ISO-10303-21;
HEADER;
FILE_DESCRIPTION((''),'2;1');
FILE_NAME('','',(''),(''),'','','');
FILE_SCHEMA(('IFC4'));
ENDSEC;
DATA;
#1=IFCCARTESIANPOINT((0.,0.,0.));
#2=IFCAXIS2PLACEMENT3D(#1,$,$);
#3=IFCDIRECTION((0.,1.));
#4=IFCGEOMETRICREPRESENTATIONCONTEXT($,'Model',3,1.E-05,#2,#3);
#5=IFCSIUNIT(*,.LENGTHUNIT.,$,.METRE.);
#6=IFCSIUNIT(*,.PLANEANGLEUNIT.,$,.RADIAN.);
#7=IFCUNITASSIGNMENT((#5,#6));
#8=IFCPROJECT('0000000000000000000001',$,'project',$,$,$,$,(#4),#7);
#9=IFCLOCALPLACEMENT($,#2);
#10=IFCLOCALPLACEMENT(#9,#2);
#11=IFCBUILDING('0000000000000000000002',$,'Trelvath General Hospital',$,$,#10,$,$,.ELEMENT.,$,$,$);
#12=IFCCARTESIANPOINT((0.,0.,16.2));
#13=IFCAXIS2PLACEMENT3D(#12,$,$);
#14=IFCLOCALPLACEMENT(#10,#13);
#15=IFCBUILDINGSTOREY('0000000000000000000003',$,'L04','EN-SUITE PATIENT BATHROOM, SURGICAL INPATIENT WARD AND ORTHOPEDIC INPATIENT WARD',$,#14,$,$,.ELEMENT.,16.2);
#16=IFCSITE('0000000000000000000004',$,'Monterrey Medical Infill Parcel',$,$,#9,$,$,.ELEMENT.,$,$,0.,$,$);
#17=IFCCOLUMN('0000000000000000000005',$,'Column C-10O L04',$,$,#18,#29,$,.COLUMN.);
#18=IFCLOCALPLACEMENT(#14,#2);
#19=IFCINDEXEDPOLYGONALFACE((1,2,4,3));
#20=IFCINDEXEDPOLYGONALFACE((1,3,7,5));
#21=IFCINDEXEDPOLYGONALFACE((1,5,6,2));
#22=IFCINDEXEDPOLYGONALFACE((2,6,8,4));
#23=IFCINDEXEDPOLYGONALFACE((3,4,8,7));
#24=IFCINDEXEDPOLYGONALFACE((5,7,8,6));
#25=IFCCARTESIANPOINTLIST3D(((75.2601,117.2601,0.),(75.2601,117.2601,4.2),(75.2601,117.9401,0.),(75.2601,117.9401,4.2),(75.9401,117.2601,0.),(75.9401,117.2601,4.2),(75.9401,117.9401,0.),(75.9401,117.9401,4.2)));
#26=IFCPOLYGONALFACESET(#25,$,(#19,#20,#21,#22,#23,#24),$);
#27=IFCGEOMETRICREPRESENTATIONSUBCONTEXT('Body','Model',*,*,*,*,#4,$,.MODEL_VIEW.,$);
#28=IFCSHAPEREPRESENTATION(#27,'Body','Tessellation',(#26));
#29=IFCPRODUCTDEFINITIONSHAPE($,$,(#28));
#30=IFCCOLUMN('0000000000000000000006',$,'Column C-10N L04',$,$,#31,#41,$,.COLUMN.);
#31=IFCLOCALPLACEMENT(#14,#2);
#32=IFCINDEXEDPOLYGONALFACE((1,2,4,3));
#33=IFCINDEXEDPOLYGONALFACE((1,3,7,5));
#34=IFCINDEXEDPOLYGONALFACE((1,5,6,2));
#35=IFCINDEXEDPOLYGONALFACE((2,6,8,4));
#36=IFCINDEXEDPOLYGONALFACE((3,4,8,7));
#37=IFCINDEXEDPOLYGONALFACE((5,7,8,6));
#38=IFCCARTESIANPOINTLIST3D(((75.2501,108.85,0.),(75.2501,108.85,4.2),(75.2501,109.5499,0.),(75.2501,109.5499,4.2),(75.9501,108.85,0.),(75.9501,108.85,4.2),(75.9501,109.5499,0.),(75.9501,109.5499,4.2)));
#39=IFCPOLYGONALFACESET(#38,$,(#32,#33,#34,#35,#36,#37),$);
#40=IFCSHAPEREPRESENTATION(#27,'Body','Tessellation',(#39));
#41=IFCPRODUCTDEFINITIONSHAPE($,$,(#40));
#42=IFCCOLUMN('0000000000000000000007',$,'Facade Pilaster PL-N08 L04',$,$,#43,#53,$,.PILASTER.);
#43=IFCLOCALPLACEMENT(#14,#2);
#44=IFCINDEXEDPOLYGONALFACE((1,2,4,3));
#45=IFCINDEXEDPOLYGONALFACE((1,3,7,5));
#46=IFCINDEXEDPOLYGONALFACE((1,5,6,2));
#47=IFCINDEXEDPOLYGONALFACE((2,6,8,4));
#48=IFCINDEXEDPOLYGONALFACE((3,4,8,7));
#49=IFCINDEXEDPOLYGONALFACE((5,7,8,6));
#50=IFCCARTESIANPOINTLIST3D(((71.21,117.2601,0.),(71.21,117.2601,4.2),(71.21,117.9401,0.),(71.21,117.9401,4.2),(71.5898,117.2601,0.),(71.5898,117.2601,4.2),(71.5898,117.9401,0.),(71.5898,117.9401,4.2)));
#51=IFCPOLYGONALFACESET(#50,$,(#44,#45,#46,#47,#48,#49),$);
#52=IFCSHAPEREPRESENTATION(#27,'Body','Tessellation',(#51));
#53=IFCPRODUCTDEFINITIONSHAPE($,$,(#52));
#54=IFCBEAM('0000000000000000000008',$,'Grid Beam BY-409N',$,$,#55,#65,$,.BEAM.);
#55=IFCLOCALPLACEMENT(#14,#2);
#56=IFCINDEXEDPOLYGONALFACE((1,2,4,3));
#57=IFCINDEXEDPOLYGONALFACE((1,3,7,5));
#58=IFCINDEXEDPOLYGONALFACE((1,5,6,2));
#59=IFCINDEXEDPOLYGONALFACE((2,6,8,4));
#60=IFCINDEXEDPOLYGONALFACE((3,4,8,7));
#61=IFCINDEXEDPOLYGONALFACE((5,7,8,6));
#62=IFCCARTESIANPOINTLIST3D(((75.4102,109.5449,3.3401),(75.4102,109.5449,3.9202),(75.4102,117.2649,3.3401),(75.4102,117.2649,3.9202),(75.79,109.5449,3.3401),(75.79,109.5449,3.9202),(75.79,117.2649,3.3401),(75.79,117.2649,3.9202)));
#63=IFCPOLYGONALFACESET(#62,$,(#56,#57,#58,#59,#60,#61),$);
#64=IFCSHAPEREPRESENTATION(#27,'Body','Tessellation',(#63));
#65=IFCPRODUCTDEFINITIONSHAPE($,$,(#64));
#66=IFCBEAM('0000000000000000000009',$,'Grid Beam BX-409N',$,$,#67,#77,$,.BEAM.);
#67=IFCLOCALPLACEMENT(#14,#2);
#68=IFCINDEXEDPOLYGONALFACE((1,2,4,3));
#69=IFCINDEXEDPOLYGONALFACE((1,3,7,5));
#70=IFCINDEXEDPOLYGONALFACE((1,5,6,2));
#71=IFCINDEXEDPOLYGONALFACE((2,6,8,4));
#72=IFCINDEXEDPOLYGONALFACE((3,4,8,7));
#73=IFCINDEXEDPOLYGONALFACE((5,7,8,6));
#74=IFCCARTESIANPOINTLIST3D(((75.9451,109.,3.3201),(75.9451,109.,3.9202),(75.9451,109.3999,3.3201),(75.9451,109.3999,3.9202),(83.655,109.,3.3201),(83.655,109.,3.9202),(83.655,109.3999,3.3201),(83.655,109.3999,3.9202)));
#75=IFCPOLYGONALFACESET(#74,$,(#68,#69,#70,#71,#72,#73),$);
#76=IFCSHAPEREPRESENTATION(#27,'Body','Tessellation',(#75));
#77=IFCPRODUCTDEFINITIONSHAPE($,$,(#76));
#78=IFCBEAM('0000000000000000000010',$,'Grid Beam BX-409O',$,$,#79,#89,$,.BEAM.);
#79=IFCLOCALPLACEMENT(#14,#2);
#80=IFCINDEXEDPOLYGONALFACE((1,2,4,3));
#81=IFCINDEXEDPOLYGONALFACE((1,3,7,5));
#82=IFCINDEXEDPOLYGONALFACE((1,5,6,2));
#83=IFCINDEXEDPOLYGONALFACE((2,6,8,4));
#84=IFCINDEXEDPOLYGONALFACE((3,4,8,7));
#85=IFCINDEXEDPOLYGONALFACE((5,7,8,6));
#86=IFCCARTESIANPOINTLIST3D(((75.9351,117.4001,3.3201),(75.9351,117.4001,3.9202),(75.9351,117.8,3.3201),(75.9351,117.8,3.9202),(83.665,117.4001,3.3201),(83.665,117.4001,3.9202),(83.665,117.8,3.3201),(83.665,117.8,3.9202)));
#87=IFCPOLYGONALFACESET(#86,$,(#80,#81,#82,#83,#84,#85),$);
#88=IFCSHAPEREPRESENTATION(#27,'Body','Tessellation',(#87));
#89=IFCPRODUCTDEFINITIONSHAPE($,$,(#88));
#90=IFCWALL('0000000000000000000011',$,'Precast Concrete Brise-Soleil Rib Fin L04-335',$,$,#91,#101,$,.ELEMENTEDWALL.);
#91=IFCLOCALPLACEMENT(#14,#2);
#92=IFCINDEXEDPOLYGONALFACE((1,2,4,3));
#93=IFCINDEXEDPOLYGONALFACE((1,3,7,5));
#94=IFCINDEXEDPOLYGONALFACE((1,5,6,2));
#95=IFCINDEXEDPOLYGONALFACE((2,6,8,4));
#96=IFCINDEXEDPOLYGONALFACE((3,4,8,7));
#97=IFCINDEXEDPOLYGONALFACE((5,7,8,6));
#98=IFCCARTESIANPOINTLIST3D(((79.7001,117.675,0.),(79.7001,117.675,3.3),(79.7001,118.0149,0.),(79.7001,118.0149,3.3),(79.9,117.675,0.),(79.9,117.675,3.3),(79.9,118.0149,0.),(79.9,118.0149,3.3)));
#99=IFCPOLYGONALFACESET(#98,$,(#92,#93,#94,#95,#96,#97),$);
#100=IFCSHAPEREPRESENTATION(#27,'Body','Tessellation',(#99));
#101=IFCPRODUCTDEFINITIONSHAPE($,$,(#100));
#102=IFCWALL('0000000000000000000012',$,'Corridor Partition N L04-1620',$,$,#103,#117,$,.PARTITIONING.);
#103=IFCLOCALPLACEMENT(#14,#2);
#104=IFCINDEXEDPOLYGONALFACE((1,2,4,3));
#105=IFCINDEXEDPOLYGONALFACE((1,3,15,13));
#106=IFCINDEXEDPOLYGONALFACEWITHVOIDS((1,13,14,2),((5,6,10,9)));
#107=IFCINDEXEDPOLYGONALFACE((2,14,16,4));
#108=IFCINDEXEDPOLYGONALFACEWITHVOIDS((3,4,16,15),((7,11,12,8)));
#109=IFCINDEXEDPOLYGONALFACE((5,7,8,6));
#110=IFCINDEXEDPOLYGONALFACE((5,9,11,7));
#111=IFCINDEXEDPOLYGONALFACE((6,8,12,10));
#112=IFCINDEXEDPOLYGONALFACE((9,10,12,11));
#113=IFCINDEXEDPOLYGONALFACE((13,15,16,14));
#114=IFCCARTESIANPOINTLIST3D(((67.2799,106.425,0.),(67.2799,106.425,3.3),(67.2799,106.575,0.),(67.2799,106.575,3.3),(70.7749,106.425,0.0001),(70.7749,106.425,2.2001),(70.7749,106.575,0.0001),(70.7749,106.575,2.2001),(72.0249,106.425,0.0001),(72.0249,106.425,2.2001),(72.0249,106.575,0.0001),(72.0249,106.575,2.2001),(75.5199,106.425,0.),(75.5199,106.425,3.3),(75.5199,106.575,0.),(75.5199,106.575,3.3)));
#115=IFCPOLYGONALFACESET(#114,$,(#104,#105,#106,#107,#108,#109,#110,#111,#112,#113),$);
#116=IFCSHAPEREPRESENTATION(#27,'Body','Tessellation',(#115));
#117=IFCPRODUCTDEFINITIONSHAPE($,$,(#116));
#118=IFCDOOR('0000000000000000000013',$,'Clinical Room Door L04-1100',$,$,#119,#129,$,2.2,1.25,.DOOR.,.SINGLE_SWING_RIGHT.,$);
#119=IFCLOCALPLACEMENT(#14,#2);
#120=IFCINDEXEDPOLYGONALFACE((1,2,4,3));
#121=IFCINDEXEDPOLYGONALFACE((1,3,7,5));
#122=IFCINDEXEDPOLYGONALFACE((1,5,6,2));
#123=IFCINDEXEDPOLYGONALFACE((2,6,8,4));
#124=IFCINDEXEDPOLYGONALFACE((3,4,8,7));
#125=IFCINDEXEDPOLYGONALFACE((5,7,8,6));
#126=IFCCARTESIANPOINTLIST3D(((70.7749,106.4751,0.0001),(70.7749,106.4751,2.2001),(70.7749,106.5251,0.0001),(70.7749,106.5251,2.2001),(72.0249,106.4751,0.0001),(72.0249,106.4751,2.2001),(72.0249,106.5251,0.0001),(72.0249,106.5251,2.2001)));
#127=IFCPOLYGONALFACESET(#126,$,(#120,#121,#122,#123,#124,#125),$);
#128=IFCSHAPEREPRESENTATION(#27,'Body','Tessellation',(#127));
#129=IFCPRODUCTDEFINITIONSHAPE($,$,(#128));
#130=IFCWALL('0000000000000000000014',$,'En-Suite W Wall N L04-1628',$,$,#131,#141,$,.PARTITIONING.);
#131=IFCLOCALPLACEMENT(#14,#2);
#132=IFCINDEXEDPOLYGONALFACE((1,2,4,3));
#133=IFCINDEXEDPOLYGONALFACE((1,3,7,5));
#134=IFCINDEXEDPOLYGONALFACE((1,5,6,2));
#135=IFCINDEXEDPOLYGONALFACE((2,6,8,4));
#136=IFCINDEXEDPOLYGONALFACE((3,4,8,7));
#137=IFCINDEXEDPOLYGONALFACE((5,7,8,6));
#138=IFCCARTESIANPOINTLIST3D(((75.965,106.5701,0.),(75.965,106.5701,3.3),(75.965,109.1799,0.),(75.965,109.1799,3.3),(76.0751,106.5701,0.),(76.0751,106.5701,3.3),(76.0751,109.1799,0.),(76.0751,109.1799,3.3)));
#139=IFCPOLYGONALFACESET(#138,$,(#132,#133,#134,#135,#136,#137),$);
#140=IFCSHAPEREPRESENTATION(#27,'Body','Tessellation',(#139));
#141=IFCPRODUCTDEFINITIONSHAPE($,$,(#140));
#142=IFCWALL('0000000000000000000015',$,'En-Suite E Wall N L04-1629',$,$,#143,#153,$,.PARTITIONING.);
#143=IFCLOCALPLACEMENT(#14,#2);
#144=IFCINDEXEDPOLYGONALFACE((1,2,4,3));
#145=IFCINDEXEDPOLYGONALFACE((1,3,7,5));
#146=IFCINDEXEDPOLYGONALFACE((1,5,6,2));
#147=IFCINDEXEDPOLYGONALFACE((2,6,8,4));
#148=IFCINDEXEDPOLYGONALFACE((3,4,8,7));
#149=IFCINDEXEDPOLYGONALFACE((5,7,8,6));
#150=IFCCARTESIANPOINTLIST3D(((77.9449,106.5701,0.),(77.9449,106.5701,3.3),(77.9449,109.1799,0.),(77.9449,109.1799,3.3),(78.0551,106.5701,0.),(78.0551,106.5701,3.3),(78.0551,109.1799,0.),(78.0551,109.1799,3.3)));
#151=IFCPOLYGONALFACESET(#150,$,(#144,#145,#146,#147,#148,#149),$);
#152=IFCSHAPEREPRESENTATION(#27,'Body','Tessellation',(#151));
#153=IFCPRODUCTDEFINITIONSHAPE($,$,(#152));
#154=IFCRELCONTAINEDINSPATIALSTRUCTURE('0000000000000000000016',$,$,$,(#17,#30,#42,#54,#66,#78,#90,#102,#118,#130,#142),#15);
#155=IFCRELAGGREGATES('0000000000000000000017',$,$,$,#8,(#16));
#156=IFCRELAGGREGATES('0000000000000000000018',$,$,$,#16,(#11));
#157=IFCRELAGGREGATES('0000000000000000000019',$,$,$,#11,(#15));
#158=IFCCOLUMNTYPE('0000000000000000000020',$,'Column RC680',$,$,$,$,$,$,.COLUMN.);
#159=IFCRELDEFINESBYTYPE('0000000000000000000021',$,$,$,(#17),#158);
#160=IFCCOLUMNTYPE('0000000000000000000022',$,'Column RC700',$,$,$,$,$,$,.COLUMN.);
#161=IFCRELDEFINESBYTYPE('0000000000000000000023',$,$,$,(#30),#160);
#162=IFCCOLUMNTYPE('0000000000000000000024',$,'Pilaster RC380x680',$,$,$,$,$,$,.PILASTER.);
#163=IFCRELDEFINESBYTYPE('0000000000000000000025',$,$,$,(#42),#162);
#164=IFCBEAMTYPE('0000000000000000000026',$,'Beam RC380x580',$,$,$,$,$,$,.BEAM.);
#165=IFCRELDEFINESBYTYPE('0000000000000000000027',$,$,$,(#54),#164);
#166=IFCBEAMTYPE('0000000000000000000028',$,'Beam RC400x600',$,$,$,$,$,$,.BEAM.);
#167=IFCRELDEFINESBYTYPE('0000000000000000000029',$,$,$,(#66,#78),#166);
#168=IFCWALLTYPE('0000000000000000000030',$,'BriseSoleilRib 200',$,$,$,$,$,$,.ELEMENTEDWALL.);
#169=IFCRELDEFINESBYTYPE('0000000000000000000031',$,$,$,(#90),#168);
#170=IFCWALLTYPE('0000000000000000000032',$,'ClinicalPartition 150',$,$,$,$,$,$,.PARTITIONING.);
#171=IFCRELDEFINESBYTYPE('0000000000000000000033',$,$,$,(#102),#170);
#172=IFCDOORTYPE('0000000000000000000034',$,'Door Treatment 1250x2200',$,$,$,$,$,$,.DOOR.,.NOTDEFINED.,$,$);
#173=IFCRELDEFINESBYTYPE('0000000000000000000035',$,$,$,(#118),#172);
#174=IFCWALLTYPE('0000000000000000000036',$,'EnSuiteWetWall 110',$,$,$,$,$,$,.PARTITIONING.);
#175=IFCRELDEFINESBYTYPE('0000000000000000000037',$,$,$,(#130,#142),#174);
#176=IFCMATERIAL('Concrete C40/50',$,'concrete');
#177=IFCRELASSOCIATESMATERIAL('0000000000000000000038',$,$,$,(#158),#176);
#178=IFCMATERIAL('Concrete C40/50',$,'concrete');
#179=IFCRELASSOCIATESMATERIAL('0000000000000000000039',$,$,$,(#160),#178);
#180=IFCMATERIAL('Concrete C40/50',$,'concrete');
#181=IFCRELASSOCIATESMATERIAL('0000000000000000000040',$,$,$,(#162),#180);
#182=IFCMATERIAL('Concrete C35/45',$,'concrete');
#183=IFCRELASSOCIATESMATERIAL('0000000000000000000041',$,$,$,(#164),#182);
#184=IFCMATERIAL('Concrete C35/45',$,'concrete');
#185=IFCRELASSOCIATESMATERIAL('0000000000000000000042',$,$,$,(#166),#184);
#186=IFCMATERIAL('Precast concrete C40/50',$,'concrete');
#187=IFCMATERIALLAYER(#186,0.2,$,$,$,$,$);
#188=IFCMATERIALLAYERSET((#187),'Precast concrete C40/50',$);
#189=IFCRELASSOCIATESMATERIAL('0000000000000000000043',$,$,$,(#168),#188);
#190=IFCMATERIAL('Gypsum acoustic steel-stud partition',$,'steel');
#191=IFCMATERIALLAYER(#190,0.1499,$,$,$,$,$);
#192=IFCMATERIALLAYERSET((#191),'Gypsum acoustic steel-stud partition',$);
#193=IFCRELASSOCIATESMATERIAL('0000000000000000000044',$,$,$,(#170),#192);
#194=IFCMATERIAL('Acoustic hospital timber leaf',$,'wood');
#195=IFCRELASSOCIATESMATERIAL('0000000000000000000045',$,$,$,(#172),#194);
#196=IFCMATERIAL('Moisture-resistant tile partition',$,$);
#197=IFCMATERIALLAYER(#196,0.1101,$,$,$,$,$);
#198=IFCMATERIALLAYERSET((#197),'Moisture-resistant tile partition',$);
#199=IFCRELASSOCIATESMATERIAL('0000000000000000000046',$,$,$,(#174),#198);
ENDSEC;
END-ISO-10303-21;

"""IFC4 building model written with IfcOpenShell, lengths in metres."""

from ifc_helpers import new_model, si_unit, direction, frame, frame_2d, origin, origin_2d, place, context, subcontext, project, spatial, rectangle, extrude, material, layer, layer_set, material_profile, profile_set, type_object, element, fill, save


model = new_model("IFC4")

# Units and contexts
model_context = context("Model", 3, precision=1e-05, world=origin(), true_north=direction((0.0, 1.0)))
body_context = subcontext(model_context, "Body", "Model", "MODEL_VIEW")
ifc_project = project(units=[si_unit("LENGTHUNIT", "METRE"), si_unit("PLANEANGLEUNIT", "RADIAN")], contexts=[model_context])

# Site, building, storey
site_placement = place(None, origin())
site = spatial("IfcSite", under=ifc_project, at=site_placement, Name="Monterrey Medical Infill Parcel", CompositionType="ELEMENT", RefElevation=0.0)
building_placement = place(site_placement, origin())
building = spatial("IfcBuilding", under=site, at=building_placement, Name="Trelvath General Hospital", CompositionType="ELEMENT")
storey_placement = place(building_placement, frame((0.0, 0.0, 16.2)))
storey = spatial("IfcBuildingStorey", under=building, at=storey_placement, Name="L04", Description="EN-SUITE PATIENT BATHROOM, SURGICAL INPATIENT WARD AND ORTHOPEDIC INPATIENT WARD", CompositionType="ELEMENT", Elevation=16.2)

# Columns
ifc_material_1 = material(Name="Concrete C40/50", Category="concrete")
ifc_material_profile_1 = material_profile(ifc_material_1, rectangle(XDim=0.6799, YDim=0.6799, at=origin_2d()), Name="RC680x680")
ifc_profile_set_1 = profile_set([ifc_material_profile_1], Name="Concrete C40/50")
column_type_1 = type_object("IfcColumnType", Name="Column RC680", PredefinedType="COLUMN", material=ifc_profile_set_1)
column_1_placement = place(storey_placement, frame((75.6001, 117.6001, 0.0), z_axis=(0.0, 0.0, 1.0), x_axis=(1.0, 0.0, 0.0)))
element("IfcColumn", 1, at=column_1_placement, inside=storey, type_object=column_type_1, Name="Column C-10O L04", PredefinedType="COLUMN", context=body_context, shape_type="SweptSolid", body=[
    extrude(rectangle(XDim=0.6799, YDim=0.6799, at=origin_2d()), origin(), (0.0, 0.0, 1.0), 4.2),
])
ifc_material_2 = material(Name="Concrete C40/50", Category="concrete")
ifc_material_profile_2 = material_profile(ifc_material_2, rectangle(XDim=0.7, YDim=0.7, at=origin_2d()), Name="RC700x700")
ifc_profile_set_2 = profile_set([ifc_material_profile_2], Name="Concrete C40/50")
column_type_2 = type_object("IfcColumnType", Name="Column RC700", PredefinedType="COLUMN", material=ifc_profile_set_2)
column_2_placement = place(storey_placement, frame((75.6001, 109.2, 0.0), z_axis=(0.0, 0.0, 1.0), x_axis=(1.0, 0.0, 0.0)))
element("IfcColumn", 2, at=column_2_placement, inside=storey, type_object=column_type_2, Name="Column C-10N L04", PredefinedType="COLUMN", context=body_context, shape_type="SweptSolid", body=[
    extrude(rectangle(XDim=0.7, YDim=0.7, at=origin_2d()), origin(), (0.0, 0.0, 1.0), 4.2),
])
ifc_material_3 = material(Name="Concrete C40/50", Category="concrete")
ifc_material_profile_3 = material_profile(ifc_material_3, rectangle(XDim=0.3799, YDim=0.6799, at=origin_2d()), Name="RC380x680")
ifc_profile_set_3 = profile_set([ifc_material_profile_3], Name="Concrete C40/50")
column_type_3 = type_object("IfcColumnType", Name="Pilaster RC380x680", PredefinedType="PILASTER", material=ifc_profile_set_3)
column_3_placement = place(storey_placement, frame((71.3999, 117.6001, 0.0), z_axis=(0.0, 0.0, 1.0), x_axis=(1.0, 0.0, 0.0)))
element("IfcColumn", 3, at=column_3_placement, inside=storey, type_object=column_type_3, Name="Facade Pilaster PL-N08 L04", PredefinedType="PILASTER", context=body_context, shape_type="SweptSolid", body=[
    extrude(rectangle(XDim=0.3799, YDim=0.6799, at=origin_2d()), origin(), (0.0, 0.0, 1.0), 4.2),
])

# Beams
ifc_material_4 = material(Name="Concrete C35/45", Category="concrete")
ifc_material_profile_4 = material_profile(ifc_material_4, rectangle(XDim=0.3799, YDim=0.5801, at=origin_2d()), Name="RCB380x580")
ifc_profile_set_4 = profile_set([ifc_material_profile_4], Name="Concrete C35/45")
beam_type_1 = type_object("IfcBeamType", Name="Beam RC380x580", PredefinedType="BEAM", material=ifc_profile_set_4)
beam_1_placement = place(storey_placement, frame((75.6001, 109.5449, 3.6301), z_axis=(0.0, 1.0, 0.0), x_axis=(-1.0, 0.0, 0.0)))
element("IfcBeam", 4, at=beam_1_placement, inside=storey, type_object=beam_type_1, Name="Grid Beam BY-409N", PredefinedType="BEAM", context=body_context, shape_type="SweptSolid", body=[
    extrude(rectangle(XDim=0.3799, YDim=0.5801, at=origin_2d()), origin(), (0.0, 0.0, 1.0), 7.72),
])
ifc_material_5 = material(Name="Concrete C35/45", Category="concrete")
ifc_material_profile_5 = material_profile(ifc_material_5, rectangle(XDim=0.3999, YDim=0.6001, at=origin_2d()), Name="RCB400x600")
ifc_profile_set_5 = profile_set([ifc_material_profile_5], Name="Concrete C35/45")
beam_type_2 = type_object("IfcBeamType", Name="Beam RC400x600", PredefinedType="BEAM", material=ifc_profile_set_5)
beam_2_placement = place(storey_placement, frame((75.9451, 109.2, 3.6201), z_axis=(1.0, 0.0, 0.0), x_axis=(0.0, 1.0, 0.0)))
element("IfcBeam", 5, at=beam_2_placement, inside=storey, type_object=beam_type_2, Name="Grid Beam BX-409N", PredefinedType="BEAM", context=body_context, shape_type="SweptSolid", body=[
    extrude(rectangle(XDim=0.3999, YDim=0.6001, at=origin_2d()), origin(), (0.0, 0.0, 1.0), 7.71),
])
beam_3_placement = place(storey_placement, frame((75.9351, 117.6001, 3.6201), z_axis=(1.0, 0.0, 0.0), x_axis=(0.0, 1.0, 0.0)))
element("IfcBeam", 6, at=beam_3_placement, inside=storey, type_object=beam_type_2, Name="Grid Beam BX-409O", PredefinedType="BEAM", context=body_context, shape_type="SweptSolid", body=[
    extrude(rectangle(XDim=0.3999, YDim=0.6001, at=origin_2d()), origin(), (0.0, 0.0, 1.0), 7.73),
])

# Wall
ifc_material_6 = material(Name="Precast concrete C40/50", Category="concrete")
ifc_layer_1 = layer(ifc_material_6, 0.2)
ifc_layer_set_1 = layer_set([ifc_layer_1], Name="Precast concrete C40/50")
wall_type_1 = type_object("IfcWallType", Name="BriseSoleilRib 200", PredefinedType="ELEMENTEDWALL", material=ifc_layer_set_1)
wall_1_placement = place(storey_placement, frame((79.8, 117.675, 0.0), z_axis=(0.0, 0.0, 1.0), x_axis=(0.0, 1.0, 0.0)))
element("IfcWall", 7, at=wall_1_placement, inside=storey, type_object=wall_type_1, Name="Precast Concrete Brise-Soleil Rib Fin L04-335", PredefinedType="ELEMENTEDWALL", context=body_context, shape_type="SweptSolid", body=[
    extrude(rectangle(XDim=0.3398, YDim=0.2, at=frame_2d((0.1699, 0.0))), origin(), (0.0, 0.0, 1.0), 3.3),
])

# Wall, opening, door
ifc_material_7 = material(Name="Gypsum acoustic steel-stud partition", Category="steel")
ifc_layer_2 = layer(ifc_material_7, 0.1499)
ifc_layer_set_2 = layer_set([ifc_layer_2], Name="Gypsum acoustic steel-stud partition")
wall_type_2 = type_object("IfcWallType", Name="ClinicalPartition 150", PredefinedType="PARTITIONING", material=ifc_layer_set_2)
wall_2_placement = place(storey_placement, frame((75.52, 106.5, 0.0), z_axis=(0.0, 0.0, 1.0), x_axis=(-1.0, 0.0, 0.0)))
wall_2 = element("IfcWall", 8, at=wall_2_placement, inside=storey, type_object=wall_type_2, Name="Corridor Partition N L04-1620", PredefinedType="PARTITIONING", context=body_context, shape_type="SweptSolid", body=[
    extrude(rectangle(XDim=8.24, YDim=0.1499, at=frame_2d((4.1201, 0.0))), origin(), (0.0, 0.0, 1.0), 3.3),
])
opening_1_placement = place(wall_2_placement, frame((3.4951, 0.0, 0.0)))
opening_1 = element("IfcOpeningElement", 9, at=opening_1_placement, cuts=wall_2, PredefinedType="OPENING", context=body_context, shape_type="SweptSolid", body=[
    extrude(rectangle(XDim=1.25, YDim=2.2, at=frame_2d((0.625, 1.1001))), frame((0.0, 0.085, 0.0), z_axis=(0.0, -1.0, 0.0), x_axis=(1.0, 0.0, 0.0)), (0.0, 0.0, 1.0), 0.1699),
])
ifc_material_8 = material(Name="Acoustic hospital timber leaf", Category="wood")
door_type_1 = type_object("IfcDoorType", Name="Door Treatment 1250x2200", OperationType="NOTDEFINED", PredefinedType="DOOR", material=ifc_material_8)
door_1_placement = place(opening_1_placement, origin())
door_1 = element("IfcDoor", 10, at=door_1_placement, inside=storey, type_object=door_type_1, Name="Clinical Room Door L04-1100", OperationType="SINGLE_SWING_RIGHT", OverallHeight=2.2, OverallWidth=1.25, PredefinedType="DOOR", context=body_context, shape_type="SweptSolid", body=[
    extrude(rectangle(XDim=1.25, YDim=2.2, at=frame_2d((0.625, 1.1001))), frame((0.0, 0.0249, 0.0), z_axis=(0.0, -1.0, 0.0), x_axis=(1.0, 0.0, 0.0)), (0.0, 0.0, 1.0), 0.05),
])
fill(opening_1, door_1)

# Walls
ifc_material_9 = material(Name="Moisture-resistant tile partition")
ifc_layer_3 = layer(ifc_material_9, 0.1101)
ifc_layer_set_3 = layer_set([ifc_layer_3], Name="Moisture-resistant tile partition")
wall_type_3 = type_object("IfcWallType", Name="EnSuiteWetWall 110", PredefinedType="PARTITIONING", material=ifc_layer_set_3)
for number, where, z_axis, x_axis, name in (
    (11, (76.02, 106.5701, 0.0), (0.0, 0.0, 1.0), (0.0, 1.0, 0.0), "En-Suite W Wall N L04-1628"),
    (12, (78.0, 106.5701, 0.0), (0.0, 0.0, 1.0), (0.0, 1.0, 0.0), "En-Suite E Wall N L04-1629"),
):
    element("IfcWall", number, at=place(storey_placement, frame(where, z_axis=z_axis, x_axis=x_axis)), inside=storey, type_object=wall_type_3, Name=name, PredefinedType="PARTITIONING", context=body_context, shape_type="SweptSolid", body=[
        extrude(rectangle(XDim=2.6099, YDim=0.1101, at=frame_2d((1.3049, 0.0))), origin(), (0.0, 0.0, 1.0), 3.3),
    ])

save(model, "model.ifc")
